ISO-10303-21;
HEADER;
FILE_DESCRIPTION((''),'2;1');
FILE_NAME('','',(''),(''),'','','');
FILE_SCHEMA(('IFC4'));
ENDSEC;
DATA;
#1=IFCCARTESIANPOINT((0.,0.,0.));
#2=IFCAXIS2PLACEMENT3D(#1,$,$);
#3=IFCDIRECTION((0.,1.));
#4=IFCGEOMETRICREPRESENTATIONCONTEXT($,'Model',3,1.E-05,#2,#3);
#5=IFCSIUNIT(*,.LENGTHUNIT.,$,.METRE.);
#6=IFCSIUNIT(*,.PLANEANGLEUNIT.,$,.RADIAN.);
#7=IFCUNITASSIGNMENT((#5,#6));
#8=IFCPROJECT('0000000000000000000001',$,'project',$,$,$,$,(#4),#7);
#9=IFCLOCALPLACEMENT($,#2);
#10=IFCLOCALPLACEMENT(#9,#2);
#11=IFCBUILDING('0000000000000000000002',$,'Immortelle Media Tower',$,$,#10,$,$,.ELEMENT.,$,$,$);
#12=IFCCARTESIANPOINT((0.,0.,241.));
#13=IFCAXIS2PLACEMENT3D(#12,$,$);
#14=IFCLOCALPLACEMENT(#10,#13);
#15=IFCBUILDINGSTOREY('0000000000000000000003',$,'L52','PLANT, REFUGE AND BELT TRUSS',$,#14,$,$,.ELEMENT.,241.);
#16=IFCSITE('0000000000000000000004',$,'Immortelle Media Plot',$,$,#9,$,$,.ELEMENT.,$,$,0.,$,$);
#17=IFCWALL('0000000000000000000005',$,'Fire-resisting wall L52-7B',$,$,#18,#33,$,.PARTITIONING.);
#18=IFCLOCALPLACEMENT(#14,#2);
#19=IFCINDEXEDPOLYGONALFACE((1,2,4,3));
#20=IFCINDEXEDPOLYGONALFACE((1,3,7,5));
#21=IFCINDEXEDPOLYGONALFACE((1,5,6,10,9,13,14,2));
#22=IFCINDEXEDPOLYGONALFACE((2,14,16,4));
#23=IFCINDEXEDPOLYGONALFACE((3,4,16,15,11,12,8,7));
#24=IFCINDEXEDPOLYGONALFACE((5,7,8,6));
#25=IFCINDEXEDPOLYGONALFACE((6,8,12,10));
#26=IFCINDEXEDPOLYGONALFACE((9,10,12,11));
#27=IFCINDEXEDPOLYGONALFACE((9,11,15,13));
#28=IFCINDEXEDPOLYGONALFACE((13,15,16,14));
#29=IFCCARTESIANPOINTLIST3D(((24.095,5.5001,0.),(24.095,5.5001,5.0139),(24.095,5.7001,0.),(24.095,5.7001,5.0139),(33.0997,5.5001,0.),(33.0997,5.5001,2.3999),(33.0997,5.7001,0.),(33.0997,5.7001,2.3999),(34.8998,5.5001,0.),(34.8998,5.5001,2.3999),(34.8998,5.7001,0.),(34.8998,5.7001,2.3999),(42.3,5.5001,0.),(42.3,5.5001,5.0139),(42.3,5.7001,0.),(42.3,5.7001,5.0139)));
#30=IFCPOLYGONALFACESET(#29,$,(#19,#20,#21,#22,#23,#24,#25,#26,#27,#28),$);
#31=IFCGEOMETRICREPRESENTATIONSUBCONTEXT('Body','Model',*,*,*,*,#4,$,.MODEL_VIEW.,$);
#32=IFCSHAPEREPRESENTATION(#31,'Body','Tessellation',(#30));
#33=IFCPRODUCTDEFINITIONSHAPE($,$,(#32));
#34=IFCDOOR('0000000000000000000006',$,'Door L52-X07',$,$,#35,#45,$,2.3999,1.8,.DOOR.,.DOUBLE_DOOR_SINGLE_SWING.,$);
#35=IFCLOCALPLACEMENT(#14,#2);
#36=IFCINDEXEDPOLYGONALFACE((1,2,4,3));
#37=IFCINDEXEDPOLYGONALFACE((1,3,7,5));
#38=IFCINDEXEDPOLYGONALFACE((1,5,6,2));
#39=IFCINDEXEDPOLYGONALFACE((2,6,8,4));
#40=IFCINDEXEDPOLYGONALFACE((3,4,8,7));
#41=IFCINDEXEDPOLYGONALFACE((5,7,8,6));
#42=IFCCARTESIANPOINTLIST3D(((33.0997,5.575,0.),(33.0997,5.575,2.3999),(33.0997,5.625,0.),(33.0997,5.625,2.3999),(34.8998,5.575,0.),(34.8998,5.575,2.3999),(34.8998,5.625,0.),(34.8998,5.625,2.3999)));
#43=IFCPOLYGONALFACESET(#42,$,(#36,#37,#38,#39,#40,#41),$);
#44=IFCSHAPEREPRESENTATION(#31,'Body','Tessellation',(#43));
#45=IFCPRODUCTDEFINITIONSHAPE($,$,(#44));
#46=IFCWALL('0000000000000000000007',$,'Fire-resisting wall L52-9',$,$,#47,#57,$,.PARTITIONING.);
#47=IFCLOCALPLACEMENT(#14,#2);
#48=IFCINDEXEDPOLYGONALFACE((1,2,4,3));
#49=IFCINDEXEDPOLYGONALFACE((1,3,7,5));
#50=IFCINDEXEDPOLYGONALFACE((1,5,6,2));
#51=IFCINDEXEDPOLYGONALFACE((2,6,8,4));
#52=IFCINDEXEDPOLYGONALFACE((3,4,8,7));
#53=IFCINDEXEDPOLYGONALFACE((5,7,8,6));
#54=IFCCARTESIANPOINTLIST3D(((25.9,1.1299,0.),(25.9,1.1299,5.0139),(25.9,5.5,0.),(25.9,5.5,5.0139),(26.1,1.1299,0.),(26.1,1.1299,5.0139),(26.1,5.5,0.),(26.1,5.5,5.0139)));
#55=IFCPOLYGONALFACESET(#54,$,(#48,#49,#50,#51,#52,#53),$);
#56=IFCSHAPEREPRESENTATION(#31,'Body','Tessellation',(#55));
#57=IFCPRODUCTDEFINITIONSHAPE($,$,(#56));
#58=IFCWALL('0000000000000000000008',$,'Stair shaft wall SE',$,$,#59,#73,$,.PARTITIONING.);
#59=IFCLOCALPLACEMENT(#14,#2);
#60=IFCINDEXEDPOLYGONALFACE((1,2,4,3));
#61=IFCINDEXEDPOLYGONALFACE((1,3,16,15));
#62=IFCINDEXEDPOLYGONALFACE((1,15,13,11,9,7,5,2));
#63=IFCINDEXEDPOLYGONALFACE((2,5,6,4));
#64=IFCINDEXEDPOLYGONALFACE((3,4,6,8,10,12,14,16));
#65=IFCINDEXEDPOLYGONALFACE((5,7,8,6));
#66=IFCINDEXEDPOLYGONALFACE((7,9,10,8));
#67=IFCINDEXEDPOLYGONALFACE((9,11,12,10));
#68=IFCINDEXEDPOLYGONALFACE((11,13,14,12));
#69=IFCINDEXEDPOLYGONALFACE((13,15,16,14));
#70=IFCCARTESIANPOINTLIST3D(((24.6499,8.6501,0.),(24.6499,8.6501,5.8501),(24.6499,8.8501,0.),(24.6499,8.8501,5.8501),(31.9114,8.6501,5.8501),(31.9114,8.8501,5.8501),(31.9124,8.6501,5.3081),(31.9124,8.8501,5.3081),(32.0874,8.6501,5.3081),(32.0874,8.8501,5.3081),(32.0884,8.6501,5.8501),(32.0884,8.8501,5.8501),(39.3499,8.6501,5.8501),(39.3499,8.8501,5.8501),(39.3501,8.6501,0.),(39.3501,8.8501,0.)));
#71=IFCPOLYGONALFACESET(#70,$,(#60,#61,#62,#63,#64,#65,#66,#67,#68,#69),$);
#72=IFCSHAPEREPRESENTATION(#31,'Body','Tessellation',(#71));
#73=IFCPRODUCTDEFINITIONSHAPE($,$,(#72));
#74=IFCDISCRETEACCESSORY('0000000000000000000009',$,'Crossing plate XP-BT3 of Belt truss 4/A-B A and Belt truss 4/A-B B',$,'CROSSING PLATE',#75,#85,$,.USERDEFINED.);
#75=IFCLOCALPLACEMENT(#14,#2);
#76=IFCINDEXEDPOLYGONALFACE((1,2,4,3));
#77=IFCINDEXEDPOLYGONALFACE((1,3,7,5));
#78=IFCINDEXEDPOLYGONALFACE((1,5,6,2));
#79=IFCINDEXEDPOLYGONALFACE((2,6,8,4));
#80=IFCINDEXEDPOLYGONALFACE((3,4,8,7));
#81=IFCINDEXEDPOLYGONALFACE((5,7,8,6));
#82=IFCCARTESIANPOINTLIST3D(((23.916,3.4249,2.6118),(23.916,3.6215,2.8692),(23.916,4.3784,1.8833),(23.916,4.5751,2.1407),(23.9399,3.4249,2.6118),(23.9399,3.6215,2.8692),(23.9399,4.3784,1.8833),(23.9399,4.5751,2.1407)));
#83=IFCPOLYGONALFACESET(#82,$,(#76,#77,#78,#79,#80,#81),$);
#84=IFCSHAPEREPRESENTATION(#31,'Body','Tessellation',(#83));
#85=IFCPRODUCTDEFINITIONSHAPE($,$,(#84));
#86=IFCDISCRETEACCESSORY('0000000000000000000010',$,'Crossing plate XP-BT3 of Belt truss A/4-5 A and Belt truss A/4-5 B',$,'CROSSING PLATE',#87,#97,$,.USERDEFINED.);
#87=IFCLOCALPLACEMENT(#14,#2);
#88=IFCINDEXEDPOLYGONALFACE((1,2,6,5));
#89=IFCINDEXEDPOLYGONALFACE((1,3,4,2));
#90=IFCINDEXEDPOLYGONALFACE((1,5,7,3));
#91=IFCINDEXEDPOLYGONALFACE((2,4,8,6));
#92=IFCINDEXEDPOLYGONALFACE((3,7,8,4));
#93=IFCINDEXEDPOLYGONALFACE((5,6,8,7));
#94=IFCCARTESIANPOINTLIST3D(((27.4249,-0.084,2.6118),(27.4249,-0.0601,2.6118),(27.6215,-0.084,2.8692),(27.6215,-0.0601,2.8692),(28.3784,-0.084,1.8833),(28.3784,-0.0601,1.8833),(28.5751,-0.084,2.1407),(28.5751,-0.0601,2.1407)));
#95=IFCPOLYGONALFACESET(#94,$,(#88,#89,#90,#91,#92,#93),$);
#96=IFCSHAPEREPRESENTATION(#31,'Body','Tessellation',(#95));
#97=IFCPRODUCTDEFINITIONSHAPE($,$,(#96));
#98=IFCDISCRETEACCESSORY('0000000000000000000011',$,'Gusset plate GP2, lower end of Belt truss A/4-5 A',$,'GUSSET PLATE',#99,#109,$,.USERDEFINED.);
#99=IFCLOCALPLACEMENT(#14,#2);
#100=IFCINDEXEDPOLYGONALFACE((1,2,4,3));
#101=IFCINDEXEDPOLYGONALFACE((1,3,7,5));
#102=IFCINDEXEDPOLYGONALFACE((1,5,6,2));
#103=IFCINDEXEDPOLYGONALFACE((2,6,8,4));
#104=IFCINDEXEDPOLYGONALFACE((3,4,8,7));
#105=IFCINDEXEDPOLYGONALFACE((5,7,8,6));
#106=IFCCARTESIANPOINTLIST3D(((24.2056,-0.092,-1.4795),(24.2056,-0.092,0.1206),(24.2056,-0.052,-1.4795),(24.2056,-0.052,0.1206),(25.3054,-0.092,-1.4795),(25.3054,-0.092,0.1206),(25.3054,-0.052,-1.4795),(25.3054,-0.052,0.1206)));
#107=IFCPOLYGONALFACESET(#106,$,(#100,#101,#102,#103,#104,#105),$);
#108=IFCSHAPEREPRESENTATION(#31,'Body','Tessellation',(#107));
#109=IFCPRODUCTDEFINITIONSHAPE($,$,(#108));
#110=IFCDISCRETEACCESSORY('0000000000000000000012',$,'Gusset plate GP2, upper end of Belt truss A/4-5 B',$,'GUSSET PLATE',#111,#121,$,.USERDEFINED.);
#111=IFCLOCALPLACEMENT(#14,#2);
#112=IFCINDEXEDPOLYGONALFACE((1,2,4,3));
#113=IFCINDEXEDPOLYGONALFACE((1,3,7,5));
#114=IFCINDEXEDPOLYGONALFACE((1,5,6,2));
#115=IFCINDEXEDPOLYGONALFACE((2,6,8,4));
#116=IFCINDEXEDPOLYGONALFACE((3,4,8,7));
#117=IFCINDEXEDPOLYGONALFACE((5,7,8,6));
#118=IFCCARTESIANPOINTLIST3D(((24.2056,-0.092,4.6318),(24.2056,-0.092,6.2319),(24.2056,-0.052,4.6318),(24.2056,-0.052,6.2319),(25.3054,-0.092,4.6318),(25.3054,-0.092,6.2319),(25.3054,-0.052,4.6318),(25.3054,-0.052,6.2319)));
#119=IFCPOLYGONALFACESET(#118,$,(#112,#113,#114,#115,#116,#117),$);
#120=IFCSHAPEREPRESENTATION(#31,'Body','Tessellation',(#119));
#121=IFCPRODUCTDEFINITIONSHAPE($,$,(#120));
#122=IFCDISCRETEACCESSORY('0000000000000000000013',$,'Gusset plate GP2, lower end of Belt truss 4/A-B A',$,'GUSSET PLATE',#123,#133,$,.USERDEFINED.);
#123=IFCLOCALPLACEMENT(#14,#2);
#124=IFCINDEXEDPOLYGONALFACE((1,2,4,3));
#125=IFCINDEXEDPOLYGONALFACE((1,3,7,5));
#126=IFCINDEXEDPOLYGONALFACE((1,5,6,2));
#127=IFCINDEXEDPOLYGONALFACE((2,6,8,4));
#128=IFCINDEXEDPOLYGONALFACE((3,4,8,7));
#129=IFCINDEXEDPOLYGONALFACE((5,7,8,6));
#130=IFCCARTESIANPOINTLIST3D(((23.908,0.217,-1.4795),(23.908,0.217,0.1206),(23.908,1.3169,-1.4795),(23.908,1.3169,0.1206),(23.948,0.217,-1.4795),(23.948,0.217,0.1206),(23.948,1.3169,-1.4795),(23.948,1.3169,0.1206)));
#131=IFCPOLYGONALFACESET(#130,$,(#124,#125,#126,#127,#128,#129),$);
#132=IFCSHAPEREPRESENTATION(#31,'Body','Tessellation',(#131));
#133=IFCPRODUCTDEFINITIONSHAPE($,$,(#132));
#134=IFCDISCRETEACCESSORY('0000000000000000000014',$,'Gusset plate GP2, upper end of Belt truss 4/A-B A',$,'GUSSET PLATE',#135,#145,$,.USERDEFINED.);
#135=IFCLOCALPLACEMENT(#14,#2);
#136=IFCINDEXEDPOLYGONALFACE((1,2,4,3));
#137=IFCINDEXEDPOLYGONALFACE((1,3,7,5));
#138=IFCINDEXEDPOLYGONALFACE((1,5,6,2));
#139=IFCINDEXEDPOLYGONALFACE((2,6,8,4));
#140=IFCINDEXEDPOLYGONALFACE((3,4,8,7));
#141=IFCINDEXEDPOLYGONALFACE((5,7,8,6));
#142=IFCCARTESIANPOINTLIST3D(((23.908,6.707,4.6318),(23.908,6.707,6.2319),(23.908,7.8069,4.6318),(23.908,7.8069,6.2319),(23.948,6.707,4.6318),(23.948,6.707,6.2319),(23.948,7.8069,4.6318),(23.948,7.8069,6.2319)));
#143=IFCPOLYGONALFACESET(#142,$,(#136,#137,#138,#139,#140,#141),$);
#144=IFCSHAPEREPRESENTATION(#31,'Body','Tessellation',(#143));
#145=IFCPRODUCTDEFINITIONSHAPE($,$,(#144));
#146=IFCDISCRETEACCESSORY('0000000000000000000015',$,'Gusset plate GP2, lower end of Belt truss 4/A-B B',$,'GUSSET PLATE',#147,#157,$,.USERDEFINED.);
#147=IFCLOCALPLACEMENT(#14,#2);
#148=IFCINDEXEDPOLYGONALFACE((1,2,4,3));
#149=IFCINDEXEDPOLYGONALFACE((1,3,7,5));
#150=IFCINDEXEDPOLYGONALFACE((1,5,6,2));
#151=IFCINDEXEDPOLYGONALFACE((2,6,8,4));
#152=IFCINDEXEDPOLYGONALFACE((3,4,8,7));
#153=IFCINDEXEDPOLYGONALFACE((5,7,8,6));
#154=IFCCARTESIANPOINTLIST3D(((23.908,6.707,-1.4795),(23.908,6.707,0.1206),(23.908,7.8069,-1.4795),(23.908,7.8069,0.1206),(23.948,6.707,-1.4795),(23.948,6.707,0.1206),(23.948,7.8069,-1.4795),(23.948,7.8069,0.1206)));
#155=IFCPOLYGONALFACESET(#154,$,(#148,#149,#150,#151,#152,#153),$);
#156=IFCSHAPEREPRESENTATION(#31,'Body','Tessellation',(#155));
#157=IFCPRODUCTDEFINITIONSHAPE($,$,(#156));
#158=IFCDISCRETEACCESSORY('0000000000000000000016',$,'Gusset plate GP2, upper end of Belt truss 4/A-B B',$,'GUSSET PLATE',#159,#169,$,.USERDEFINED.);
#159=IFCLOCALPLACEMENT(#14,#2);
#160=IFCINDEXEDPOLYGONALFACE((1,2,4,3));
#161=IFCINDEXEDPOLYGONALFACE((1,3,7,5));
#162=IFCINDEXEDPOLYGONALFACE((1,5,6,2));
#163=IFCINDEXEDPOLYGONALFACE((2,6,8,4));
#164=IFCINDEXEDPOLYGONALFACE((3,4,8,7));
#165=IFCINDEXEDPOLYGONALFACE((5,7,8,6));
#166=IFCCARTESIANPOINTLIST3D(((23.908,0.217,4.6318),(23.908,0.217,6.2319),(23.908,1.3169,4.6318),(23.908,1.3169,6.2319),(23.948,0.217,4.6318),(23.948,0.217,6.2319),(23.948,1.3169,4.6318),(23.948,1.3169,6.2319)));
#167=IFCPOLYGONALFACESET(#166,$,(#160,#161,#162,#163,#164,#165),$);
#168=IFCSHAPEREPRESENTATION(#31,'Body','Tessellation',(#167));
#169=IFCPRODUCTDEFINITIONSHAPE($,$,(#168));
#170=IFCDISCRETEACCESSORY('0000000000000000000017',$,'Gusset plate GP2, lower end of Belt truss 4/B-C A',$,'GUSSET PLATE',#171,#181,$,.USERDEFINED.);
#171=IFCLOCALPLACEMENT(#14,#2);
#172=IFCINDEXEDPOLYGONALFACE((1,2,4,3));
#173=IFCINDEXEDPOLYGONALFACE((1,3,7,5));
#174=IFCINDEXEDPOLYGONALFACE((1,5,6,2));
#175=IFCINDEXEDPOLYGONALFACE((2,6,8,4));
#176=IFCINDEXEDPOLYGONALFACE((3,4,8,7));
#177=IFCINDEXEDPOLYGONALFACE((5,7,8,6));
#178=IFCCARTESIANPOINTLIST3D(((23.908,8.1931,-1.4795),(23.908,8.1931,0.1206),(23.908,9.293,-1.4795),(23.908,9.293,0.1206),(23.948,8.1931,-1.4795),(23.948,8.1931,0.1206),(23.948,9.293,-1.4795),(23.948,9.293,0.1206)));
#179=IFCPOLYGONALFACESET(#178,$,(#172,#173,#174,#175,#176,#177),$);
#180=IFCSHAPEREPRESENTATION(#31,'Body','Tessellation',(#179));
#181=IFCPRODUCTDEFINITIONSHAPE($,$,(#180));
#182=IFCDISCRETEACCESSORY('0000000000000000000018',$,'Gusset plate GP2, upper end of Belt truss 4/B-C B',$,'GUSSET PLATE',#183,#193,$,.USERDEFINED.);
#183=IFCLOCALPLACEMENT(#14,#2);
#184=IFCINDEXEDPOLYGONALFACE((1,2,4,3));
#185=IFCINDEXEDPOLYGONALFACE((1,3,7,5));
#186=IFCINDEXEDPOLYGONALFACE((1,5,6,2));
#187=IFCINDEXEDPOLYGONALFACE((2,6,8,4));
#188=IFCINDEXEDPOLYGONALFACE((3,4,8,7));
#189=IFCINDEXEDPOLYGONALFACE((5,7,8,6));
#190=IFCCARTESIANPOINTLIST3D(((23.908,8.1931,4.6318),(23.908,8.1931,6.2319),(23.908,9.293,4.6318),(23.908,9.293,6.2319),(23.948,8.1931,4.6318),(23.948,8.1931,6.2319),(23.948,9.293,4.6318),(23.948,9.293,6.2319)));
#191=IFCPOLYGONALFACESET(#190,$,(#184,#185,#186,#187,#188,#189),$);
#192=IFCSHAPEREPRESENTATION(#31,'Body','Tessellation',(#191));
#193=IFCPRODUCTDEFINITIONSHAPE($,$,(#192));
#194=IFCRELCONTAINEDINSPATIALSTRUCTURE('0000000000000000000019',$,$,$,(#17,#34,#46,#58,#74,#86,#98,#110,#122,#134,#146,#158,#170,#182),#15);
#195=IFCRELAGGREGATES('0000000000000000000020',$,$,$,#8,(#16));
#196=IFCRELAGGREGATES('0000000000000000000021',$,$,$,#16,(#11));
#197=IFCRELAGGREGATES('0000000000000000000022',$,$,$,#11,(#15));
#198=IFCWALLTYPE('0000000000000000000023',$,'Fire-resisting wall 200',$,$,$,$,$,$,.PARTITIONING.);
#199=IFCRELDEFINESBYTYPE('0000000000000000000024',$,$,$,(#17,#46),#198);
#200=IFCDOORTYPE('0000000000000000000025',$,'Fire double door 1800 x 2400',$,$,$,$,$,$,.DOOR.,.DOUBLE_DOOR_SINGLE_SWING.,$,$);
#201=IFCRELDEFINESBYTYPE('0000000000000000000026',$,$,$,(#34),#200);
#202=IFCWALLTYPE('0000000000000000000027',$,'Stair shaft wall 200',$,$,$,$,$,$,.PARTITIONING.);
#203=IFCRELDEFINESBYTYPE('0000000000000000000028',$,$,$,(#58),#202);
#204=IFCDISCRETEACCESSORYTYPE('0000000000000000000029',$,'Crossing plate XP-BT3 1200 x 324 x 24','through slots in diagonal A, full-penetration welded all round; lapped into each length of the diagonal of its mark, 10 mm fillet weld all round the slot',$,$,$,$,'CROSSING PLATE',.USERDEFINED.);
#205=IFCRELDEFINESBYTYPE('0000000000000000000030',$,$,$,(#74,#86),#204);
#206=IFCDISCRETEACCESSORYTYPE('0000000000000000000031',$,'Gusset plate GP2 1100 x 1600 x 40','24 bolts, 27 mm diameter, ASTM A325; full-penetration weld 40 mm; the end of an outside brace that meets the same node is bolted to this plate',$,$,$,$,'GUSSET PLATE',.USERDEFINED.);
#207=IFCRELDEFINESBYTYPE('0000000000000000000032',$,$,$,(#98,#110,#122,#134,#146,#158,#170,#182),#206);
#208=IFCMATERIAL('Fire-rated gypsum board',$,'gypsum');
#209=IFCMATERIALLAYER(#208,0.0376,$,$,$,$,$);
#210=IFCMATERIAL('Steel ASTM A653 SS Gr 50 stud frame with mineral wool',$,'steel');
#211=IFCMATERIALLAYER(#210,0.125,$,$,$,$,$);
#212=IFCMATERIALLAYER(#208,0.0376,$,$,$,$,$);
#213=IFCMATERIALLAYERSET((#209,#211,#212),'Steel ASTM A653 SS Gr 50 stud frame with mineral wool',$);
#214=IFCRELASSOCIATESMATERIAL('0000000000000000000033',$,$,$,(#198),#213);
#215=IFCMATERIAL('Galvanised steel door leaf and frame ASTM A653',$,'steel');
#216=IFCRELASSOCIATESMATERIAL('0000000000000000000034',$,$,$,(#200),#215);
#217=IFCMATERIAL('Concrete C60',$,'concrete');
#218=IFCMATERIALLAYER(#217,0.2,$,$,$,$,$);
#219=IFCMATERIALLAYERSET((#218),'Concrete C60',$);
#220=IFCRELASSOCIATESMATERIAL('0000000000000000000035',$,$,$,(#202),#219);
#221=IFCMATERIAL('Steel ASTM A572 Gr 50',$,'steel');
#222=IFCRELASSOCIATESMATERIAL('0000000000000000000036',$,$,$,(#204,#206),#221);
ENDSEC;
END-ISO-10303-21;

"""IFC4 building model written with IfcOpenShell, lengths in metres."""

from ifc_helpers import new_model, si_unit, direction, frame, frame_2d, origin, origin_2d, place, context, subcontext, project, spatial, polyline, rectangle, outline, extrude, material, layer, layer_set, material_profile, profile_set, type_object, element, fill, save


model = new_model("IFC4")

# Units and contexts
model_context = context("Model", 3, precision=1e-05, world=origin(), true_north=direction((0.0, 1.0)))
body_context = subcontext(model_context, "Body", "Model", "MODEL_VIEW")
ifc_project = project(units=[si_unit("LENGTHUNIT", "METRE"), si_unit("PLANEANGLEUNIT", "RADIAN")], contexts=[model_context])

# Site, building, storey
site_placement = place(None, origin())
site = spatial("IfcSite", under=ifc_project, at=site_placement, Name="Immortelle Media Plot", CompositionType="ELEMENT", RefElevation=0.0)
building_placement = place(site_placement, origin())
building = spatial("IfcBuilding", under=site, at=building_placement, Name="Immortelle Media Tower", CompositionType="ELEMENT")
storey_placement = place(building_placement, frame((0.0, 0.0, 241.0)))
storey = spatial("IfcBuildingStorey", under=building, at=storey_placement, Name="L52", Description="PLANT, REFUGE AND BELT TRUSS", CompositionType="ELEMENT", Elevation=241.0)

# Shared definitions
ifc_material_1 = material(Name="Fire-rated gypsum board", Category="gypsum")
ifc_material_2 = material(Name="Steel ASTM A653 SS Gr 50 stud frame with mineral wool", Category="steel")

# Wall, opening, door
ifc_layer_1 = layer(ifc_material_1, 0.0376)
ifc_layer_2 = layer(ifc_material_2, 0.125)
ifc_layer_3 = layer(ifc_material_1, 0.0376)
ifc_layer_set_1 = layer_set([ifc_layer_1, ifc_layer_2, ifc_layer_3], Name="Steel ASTM A653 SS Gr 50 stud frame with mineral wool")
wall_type_1 = type_object("IfcWallType", Name="Fire-resisting wall 200", PredefinedType="PARTITIONING", material=ifc_layer_set_1)
wall_1_placement = place(storey_placement, frame((24.095, 5.6001, 0.0), z_axis=(0.0, 0.0, 1.0), x_axis=(1.0, 0.0, 0.0)))
wall_1 = element("IfcWall", 1, at=wall_1_placement, inside=storey, type_object=wall_type_1, Name="Fire-resisting wall L52-7B", PredefinedType="PARTITIONING", context=body_context, shape_type="SweptSolid", body=[
    extrude(rectangle(XDim=18.2051, YDim=0.2, at=frame_2d((9.1025, 0.0))), origin(), (0.0, 0.0, 1.0), 5.0139),
])
opening_placement = place(wall_1_placement, frame((9.0049, 0.0, 0.0)))
opening = element("IfcOpeningElement", 2, at=opening_placement, cuts=wall_1, PredefinedType="OPENING", context=body_context, shape_type="SweptSolid", body=[
    extrude(rectangle(XDim=1.8, YDim=2.3999, at=frame_2d((0.8999, 1.2))), frame((0.0, 0.1099, 0.0), z_axis=(0.0, -1.0, 0.0), x_axis=(1.0, 0.0, 0.0)), (0.0, 0.0, 1.0), 0.22),
])
ifc_material_3 = material(Name="Galvanised steel door leaf and frame ASTM A653", Category="steel")
door_type = type_object("IfcDoorType", Name="Fire double door 1800 x 2400", OperationType="DOUBLE_DOOR_SINGLE_SWING", PredefinedType="DOOR", material=ifc_material_3)
door_placement = place(opening_placement, origin())
door = element("IfcDoor", 3, at=door_placement, inside=storey, type_object=door_type, Name="Door L52-X07", OperationType="DOUBLE_DOOR_SINGLE_SWING", OverallHeight=2.3999, OverallWidth=1.8, PredefinedType="DOOR", context=body_context, shape_type="SweptSolid", body=[
    extrude(rectangle(XDim=1.8, YDim=2.3999, at=frame_2d((0.8999, 1.2))), frame((0.0, 0.0249, 0.0), z_axis=(0.0, -1.0, 0.0), x_axis=(1.0, 0.0, 0.0)), (0.0, 0.0, 1.0), 0.05),
])
fill(opening, door)

# Walls
wall_2_placement = place(storey_placement, frame((26.0, 1.1299, 0.0), z_axis=(0.0, 0.0, 1.0), x_axis=(0.0, 1.0, 0.0)))
element("IfcWall", 4, at=wall_2_placement, inside=storey, type_object=wall_type_1, Name="Fire-resisting wall L52-9", PredefinedType="PARTITIONING", context=body_context, shape_type="SweptSolid", body=[
    extrude(rectangle(XDim=4.3701, YDim=0.2, at=frame_2d((2.1851, 0.0))), origin(), (0.0, 0.0, 1.0), 5.0139),
])
ifc_material_4 = material(Name="Concrete C60", Category="concrete")
ifc_layer_4 = layer(ifc_material_4, 0.2)
ifc_layer_set_2 = layer_set([ifc_layer_4], Name="Concrete C60")
wall_type_2 = type_object("IfcWallType", Name="Stair shaft wall 200", PredefinedType="PARTITIONING", material=ifc_layer_set_2)
wall_3_placement = place(storey_placement, frame((24.6499, 8.75, 0.0), z_axis=(0.0, 0.0, 1.0), x_axis=(1.0, 0.0, 0.0)))
element("IfcWall", 5, at=wall_3_placement, inside=storey, type_object=wall_type_2, Name="Stair shaft wall SE", PredefinedType="PARTITIONING", context=body_context, shape_type="SweptSolid", body=[
    extrude(outline(polyline([(0.0, 0.0), (14.7002, 0.0), (14.7, 5.8501), (7.4385, 5.8501), (7.4375, 5.3081), (7.2625, 5.3081), (7.2615, 5.8501), (0.0, 5.8501), (0.0, 0.0)])), frame((0.0, 0.1001, 0.0), z_axis=(0.0, -1.0, 0.0), x_axis=(1.0, 0.0, 0.0)), (0.0, 0.0, 1.0), 0.2),
])

# Discrete accessories
ifc_material_5 = material(Name="Steel ASTM A572 Gr 50", Category="steel")
ifc_material_profile_1 = material_profile(ifc_material_5, rectangle(XDim=0.0239, YDim=0.324, at=origin_2d()), Name="PL 24 x 324")
ifc_profile_set_1 = profile_set([ifc_material_profile_1], Name="Steel ASTM A572 Gr 50")
discrete_accessory_type_1 = type_object("IfcDiscreteAccessoryType", Name="Crossing plate XP-BT3 1200 x 324 x 24", Description="through slots in diagonal A, full-penetration welded all round; lapped into each length of the diagonal of its mark, 10 mm fillet weld all round the slot", ElementType="CROSSING PLATE", PredefinedType="USERDEFINED", material=ifc_profile_set_1)
for number, where, z_axis, x_axis, name in (
    (6, (23.928, 3.5232, 2.7405), (0.0, 0.794646, -0.607072), (-1.0, 0.0, 0.0), "Crossing plate XP-BT3 of Belt truss 4/A-B A and Belt truss 4/A-B B"),
    (7, (27.5232, -0.072, 2.7405), (0.794646, 0.0, -0.607072), (0.0, 1.0, 0.0), "Crossing plate XP-BT3 of Belt truss A/4-5 A and Belt truss A/4-5 B"),
):
    element("IfcDiscreteAccessory", number, at=place(storey_placement, frame(where, z_axis=z_axis, x_axis=x_axis)), inside=storey, type_object=discrete_accessory_type_1, Name=name, ObjectType="CROSSING PLATE", PredefinedType="USERDEFINED", context=body_context, shape_type="SweptSolid", body=[
        extrude(rectangle(XDim=0.0239, YDim=0.324, at=origin_2d()), origin(), (0.0, 0.0, 1.0), 1.2),
    ])
ifc_material_profile_2 = material_profile(ifc_material_5, rectangle(XDim=0.04, YDim=1.6001, at=origin_2d()), Name="PL 40 x 1600")
ifc_profile_set_2 = profile_set([ifc_material_profile_2], Name="Steel ASTM A572 Gr 50")
discrete_accessory_type_2 = type_object("IfcDiscreteAccessoryType", Name="Gusset plate GP2 1100 x 1600 x 40", Description="24 bolts, 27 mm diameter, ASTM A325; full-penetration weld 40 mm; the end of an outside brace that meets the same node is bolted to this plate", ElementType="GUSSET PLATE", PredefinedType="USERDEFINED", material=ifc_profile_set_2)
for number, where, z_axis, x_axis, name in (
    (8, (24.2056, -0.072, -0.6794), (1.0, 0.0, 0.0), (0.0, 1.0, 0.0), "Gusset plate GP2, lower end of Belt truss A/4-5 A"),
    (9, (24.2056, -0.072, 5.4319), (1.0, 0.0, 0.0), (0.0, 1.0, 0.0), "Gusset plate GP2, upper end of Belt truss A/4-5 B"),
    (10, (23.928, 0.217, -0.6794), (0.0, 1.0, 0.0), (-1.0, 0.0, 0.0), "Gusset plate GP2, lower end of Belt truss 4/A-B A"),
    (11, (23.928, 7.8069, 5.4319), (0.0, -1.0, 0.0), (1.0, 0.0, 0.0), "Gusset plate GP2, upper end of Belt truss 4/A-B A"),
    (12, (23.928, 7.8069, -0.6794), (0.0, -1.0, 0.0), (1.0, 0.0, 0.0), "Gusset plate GP2, lower end of Belt truss 4/A-B B"),
    (13, (23.928, 0.217, 5.4319), (0.0, 1.0, 0.0), (-1.0, 0.0, 0.0), "Gusset plate GP2, upper end of Belt truss 4/A-B B"),
    (14, (23.928, 8.1931, -0.6794), (0.0, 1.0, 0.0), (-1.0, 0.0, 0.0), "Gusset plate GP2, lower end of Belt truss 4/B-C A"),
    (15, (23.928, 8.1931, 5.4319), (0.0, 1.0, 0.0), (-1.0, 0.0, 0.0), "Gusset plate GP2, upper end of Belt truss 4/B-C B"),
):
    element("IfcDiscreteAccessory", number, at=place(storey_placement, frame(where, z_axis=z_axis, x_axis=x_axis)), inside=storey, type_object=discrete_accessory_type_2, Name=name, ObjectType="GUSSET PLATE", PredefinedType="USERDEFINED", context=body_context, shape_type="SweptSolid", body=[
        extrude(rectangle(XDim=0.04, YDim=1.6001, at=origin_2d()), origin(), (0.0, 0.0, 1.0), 1.0999),
    ])

save(model, "model.ifc")
